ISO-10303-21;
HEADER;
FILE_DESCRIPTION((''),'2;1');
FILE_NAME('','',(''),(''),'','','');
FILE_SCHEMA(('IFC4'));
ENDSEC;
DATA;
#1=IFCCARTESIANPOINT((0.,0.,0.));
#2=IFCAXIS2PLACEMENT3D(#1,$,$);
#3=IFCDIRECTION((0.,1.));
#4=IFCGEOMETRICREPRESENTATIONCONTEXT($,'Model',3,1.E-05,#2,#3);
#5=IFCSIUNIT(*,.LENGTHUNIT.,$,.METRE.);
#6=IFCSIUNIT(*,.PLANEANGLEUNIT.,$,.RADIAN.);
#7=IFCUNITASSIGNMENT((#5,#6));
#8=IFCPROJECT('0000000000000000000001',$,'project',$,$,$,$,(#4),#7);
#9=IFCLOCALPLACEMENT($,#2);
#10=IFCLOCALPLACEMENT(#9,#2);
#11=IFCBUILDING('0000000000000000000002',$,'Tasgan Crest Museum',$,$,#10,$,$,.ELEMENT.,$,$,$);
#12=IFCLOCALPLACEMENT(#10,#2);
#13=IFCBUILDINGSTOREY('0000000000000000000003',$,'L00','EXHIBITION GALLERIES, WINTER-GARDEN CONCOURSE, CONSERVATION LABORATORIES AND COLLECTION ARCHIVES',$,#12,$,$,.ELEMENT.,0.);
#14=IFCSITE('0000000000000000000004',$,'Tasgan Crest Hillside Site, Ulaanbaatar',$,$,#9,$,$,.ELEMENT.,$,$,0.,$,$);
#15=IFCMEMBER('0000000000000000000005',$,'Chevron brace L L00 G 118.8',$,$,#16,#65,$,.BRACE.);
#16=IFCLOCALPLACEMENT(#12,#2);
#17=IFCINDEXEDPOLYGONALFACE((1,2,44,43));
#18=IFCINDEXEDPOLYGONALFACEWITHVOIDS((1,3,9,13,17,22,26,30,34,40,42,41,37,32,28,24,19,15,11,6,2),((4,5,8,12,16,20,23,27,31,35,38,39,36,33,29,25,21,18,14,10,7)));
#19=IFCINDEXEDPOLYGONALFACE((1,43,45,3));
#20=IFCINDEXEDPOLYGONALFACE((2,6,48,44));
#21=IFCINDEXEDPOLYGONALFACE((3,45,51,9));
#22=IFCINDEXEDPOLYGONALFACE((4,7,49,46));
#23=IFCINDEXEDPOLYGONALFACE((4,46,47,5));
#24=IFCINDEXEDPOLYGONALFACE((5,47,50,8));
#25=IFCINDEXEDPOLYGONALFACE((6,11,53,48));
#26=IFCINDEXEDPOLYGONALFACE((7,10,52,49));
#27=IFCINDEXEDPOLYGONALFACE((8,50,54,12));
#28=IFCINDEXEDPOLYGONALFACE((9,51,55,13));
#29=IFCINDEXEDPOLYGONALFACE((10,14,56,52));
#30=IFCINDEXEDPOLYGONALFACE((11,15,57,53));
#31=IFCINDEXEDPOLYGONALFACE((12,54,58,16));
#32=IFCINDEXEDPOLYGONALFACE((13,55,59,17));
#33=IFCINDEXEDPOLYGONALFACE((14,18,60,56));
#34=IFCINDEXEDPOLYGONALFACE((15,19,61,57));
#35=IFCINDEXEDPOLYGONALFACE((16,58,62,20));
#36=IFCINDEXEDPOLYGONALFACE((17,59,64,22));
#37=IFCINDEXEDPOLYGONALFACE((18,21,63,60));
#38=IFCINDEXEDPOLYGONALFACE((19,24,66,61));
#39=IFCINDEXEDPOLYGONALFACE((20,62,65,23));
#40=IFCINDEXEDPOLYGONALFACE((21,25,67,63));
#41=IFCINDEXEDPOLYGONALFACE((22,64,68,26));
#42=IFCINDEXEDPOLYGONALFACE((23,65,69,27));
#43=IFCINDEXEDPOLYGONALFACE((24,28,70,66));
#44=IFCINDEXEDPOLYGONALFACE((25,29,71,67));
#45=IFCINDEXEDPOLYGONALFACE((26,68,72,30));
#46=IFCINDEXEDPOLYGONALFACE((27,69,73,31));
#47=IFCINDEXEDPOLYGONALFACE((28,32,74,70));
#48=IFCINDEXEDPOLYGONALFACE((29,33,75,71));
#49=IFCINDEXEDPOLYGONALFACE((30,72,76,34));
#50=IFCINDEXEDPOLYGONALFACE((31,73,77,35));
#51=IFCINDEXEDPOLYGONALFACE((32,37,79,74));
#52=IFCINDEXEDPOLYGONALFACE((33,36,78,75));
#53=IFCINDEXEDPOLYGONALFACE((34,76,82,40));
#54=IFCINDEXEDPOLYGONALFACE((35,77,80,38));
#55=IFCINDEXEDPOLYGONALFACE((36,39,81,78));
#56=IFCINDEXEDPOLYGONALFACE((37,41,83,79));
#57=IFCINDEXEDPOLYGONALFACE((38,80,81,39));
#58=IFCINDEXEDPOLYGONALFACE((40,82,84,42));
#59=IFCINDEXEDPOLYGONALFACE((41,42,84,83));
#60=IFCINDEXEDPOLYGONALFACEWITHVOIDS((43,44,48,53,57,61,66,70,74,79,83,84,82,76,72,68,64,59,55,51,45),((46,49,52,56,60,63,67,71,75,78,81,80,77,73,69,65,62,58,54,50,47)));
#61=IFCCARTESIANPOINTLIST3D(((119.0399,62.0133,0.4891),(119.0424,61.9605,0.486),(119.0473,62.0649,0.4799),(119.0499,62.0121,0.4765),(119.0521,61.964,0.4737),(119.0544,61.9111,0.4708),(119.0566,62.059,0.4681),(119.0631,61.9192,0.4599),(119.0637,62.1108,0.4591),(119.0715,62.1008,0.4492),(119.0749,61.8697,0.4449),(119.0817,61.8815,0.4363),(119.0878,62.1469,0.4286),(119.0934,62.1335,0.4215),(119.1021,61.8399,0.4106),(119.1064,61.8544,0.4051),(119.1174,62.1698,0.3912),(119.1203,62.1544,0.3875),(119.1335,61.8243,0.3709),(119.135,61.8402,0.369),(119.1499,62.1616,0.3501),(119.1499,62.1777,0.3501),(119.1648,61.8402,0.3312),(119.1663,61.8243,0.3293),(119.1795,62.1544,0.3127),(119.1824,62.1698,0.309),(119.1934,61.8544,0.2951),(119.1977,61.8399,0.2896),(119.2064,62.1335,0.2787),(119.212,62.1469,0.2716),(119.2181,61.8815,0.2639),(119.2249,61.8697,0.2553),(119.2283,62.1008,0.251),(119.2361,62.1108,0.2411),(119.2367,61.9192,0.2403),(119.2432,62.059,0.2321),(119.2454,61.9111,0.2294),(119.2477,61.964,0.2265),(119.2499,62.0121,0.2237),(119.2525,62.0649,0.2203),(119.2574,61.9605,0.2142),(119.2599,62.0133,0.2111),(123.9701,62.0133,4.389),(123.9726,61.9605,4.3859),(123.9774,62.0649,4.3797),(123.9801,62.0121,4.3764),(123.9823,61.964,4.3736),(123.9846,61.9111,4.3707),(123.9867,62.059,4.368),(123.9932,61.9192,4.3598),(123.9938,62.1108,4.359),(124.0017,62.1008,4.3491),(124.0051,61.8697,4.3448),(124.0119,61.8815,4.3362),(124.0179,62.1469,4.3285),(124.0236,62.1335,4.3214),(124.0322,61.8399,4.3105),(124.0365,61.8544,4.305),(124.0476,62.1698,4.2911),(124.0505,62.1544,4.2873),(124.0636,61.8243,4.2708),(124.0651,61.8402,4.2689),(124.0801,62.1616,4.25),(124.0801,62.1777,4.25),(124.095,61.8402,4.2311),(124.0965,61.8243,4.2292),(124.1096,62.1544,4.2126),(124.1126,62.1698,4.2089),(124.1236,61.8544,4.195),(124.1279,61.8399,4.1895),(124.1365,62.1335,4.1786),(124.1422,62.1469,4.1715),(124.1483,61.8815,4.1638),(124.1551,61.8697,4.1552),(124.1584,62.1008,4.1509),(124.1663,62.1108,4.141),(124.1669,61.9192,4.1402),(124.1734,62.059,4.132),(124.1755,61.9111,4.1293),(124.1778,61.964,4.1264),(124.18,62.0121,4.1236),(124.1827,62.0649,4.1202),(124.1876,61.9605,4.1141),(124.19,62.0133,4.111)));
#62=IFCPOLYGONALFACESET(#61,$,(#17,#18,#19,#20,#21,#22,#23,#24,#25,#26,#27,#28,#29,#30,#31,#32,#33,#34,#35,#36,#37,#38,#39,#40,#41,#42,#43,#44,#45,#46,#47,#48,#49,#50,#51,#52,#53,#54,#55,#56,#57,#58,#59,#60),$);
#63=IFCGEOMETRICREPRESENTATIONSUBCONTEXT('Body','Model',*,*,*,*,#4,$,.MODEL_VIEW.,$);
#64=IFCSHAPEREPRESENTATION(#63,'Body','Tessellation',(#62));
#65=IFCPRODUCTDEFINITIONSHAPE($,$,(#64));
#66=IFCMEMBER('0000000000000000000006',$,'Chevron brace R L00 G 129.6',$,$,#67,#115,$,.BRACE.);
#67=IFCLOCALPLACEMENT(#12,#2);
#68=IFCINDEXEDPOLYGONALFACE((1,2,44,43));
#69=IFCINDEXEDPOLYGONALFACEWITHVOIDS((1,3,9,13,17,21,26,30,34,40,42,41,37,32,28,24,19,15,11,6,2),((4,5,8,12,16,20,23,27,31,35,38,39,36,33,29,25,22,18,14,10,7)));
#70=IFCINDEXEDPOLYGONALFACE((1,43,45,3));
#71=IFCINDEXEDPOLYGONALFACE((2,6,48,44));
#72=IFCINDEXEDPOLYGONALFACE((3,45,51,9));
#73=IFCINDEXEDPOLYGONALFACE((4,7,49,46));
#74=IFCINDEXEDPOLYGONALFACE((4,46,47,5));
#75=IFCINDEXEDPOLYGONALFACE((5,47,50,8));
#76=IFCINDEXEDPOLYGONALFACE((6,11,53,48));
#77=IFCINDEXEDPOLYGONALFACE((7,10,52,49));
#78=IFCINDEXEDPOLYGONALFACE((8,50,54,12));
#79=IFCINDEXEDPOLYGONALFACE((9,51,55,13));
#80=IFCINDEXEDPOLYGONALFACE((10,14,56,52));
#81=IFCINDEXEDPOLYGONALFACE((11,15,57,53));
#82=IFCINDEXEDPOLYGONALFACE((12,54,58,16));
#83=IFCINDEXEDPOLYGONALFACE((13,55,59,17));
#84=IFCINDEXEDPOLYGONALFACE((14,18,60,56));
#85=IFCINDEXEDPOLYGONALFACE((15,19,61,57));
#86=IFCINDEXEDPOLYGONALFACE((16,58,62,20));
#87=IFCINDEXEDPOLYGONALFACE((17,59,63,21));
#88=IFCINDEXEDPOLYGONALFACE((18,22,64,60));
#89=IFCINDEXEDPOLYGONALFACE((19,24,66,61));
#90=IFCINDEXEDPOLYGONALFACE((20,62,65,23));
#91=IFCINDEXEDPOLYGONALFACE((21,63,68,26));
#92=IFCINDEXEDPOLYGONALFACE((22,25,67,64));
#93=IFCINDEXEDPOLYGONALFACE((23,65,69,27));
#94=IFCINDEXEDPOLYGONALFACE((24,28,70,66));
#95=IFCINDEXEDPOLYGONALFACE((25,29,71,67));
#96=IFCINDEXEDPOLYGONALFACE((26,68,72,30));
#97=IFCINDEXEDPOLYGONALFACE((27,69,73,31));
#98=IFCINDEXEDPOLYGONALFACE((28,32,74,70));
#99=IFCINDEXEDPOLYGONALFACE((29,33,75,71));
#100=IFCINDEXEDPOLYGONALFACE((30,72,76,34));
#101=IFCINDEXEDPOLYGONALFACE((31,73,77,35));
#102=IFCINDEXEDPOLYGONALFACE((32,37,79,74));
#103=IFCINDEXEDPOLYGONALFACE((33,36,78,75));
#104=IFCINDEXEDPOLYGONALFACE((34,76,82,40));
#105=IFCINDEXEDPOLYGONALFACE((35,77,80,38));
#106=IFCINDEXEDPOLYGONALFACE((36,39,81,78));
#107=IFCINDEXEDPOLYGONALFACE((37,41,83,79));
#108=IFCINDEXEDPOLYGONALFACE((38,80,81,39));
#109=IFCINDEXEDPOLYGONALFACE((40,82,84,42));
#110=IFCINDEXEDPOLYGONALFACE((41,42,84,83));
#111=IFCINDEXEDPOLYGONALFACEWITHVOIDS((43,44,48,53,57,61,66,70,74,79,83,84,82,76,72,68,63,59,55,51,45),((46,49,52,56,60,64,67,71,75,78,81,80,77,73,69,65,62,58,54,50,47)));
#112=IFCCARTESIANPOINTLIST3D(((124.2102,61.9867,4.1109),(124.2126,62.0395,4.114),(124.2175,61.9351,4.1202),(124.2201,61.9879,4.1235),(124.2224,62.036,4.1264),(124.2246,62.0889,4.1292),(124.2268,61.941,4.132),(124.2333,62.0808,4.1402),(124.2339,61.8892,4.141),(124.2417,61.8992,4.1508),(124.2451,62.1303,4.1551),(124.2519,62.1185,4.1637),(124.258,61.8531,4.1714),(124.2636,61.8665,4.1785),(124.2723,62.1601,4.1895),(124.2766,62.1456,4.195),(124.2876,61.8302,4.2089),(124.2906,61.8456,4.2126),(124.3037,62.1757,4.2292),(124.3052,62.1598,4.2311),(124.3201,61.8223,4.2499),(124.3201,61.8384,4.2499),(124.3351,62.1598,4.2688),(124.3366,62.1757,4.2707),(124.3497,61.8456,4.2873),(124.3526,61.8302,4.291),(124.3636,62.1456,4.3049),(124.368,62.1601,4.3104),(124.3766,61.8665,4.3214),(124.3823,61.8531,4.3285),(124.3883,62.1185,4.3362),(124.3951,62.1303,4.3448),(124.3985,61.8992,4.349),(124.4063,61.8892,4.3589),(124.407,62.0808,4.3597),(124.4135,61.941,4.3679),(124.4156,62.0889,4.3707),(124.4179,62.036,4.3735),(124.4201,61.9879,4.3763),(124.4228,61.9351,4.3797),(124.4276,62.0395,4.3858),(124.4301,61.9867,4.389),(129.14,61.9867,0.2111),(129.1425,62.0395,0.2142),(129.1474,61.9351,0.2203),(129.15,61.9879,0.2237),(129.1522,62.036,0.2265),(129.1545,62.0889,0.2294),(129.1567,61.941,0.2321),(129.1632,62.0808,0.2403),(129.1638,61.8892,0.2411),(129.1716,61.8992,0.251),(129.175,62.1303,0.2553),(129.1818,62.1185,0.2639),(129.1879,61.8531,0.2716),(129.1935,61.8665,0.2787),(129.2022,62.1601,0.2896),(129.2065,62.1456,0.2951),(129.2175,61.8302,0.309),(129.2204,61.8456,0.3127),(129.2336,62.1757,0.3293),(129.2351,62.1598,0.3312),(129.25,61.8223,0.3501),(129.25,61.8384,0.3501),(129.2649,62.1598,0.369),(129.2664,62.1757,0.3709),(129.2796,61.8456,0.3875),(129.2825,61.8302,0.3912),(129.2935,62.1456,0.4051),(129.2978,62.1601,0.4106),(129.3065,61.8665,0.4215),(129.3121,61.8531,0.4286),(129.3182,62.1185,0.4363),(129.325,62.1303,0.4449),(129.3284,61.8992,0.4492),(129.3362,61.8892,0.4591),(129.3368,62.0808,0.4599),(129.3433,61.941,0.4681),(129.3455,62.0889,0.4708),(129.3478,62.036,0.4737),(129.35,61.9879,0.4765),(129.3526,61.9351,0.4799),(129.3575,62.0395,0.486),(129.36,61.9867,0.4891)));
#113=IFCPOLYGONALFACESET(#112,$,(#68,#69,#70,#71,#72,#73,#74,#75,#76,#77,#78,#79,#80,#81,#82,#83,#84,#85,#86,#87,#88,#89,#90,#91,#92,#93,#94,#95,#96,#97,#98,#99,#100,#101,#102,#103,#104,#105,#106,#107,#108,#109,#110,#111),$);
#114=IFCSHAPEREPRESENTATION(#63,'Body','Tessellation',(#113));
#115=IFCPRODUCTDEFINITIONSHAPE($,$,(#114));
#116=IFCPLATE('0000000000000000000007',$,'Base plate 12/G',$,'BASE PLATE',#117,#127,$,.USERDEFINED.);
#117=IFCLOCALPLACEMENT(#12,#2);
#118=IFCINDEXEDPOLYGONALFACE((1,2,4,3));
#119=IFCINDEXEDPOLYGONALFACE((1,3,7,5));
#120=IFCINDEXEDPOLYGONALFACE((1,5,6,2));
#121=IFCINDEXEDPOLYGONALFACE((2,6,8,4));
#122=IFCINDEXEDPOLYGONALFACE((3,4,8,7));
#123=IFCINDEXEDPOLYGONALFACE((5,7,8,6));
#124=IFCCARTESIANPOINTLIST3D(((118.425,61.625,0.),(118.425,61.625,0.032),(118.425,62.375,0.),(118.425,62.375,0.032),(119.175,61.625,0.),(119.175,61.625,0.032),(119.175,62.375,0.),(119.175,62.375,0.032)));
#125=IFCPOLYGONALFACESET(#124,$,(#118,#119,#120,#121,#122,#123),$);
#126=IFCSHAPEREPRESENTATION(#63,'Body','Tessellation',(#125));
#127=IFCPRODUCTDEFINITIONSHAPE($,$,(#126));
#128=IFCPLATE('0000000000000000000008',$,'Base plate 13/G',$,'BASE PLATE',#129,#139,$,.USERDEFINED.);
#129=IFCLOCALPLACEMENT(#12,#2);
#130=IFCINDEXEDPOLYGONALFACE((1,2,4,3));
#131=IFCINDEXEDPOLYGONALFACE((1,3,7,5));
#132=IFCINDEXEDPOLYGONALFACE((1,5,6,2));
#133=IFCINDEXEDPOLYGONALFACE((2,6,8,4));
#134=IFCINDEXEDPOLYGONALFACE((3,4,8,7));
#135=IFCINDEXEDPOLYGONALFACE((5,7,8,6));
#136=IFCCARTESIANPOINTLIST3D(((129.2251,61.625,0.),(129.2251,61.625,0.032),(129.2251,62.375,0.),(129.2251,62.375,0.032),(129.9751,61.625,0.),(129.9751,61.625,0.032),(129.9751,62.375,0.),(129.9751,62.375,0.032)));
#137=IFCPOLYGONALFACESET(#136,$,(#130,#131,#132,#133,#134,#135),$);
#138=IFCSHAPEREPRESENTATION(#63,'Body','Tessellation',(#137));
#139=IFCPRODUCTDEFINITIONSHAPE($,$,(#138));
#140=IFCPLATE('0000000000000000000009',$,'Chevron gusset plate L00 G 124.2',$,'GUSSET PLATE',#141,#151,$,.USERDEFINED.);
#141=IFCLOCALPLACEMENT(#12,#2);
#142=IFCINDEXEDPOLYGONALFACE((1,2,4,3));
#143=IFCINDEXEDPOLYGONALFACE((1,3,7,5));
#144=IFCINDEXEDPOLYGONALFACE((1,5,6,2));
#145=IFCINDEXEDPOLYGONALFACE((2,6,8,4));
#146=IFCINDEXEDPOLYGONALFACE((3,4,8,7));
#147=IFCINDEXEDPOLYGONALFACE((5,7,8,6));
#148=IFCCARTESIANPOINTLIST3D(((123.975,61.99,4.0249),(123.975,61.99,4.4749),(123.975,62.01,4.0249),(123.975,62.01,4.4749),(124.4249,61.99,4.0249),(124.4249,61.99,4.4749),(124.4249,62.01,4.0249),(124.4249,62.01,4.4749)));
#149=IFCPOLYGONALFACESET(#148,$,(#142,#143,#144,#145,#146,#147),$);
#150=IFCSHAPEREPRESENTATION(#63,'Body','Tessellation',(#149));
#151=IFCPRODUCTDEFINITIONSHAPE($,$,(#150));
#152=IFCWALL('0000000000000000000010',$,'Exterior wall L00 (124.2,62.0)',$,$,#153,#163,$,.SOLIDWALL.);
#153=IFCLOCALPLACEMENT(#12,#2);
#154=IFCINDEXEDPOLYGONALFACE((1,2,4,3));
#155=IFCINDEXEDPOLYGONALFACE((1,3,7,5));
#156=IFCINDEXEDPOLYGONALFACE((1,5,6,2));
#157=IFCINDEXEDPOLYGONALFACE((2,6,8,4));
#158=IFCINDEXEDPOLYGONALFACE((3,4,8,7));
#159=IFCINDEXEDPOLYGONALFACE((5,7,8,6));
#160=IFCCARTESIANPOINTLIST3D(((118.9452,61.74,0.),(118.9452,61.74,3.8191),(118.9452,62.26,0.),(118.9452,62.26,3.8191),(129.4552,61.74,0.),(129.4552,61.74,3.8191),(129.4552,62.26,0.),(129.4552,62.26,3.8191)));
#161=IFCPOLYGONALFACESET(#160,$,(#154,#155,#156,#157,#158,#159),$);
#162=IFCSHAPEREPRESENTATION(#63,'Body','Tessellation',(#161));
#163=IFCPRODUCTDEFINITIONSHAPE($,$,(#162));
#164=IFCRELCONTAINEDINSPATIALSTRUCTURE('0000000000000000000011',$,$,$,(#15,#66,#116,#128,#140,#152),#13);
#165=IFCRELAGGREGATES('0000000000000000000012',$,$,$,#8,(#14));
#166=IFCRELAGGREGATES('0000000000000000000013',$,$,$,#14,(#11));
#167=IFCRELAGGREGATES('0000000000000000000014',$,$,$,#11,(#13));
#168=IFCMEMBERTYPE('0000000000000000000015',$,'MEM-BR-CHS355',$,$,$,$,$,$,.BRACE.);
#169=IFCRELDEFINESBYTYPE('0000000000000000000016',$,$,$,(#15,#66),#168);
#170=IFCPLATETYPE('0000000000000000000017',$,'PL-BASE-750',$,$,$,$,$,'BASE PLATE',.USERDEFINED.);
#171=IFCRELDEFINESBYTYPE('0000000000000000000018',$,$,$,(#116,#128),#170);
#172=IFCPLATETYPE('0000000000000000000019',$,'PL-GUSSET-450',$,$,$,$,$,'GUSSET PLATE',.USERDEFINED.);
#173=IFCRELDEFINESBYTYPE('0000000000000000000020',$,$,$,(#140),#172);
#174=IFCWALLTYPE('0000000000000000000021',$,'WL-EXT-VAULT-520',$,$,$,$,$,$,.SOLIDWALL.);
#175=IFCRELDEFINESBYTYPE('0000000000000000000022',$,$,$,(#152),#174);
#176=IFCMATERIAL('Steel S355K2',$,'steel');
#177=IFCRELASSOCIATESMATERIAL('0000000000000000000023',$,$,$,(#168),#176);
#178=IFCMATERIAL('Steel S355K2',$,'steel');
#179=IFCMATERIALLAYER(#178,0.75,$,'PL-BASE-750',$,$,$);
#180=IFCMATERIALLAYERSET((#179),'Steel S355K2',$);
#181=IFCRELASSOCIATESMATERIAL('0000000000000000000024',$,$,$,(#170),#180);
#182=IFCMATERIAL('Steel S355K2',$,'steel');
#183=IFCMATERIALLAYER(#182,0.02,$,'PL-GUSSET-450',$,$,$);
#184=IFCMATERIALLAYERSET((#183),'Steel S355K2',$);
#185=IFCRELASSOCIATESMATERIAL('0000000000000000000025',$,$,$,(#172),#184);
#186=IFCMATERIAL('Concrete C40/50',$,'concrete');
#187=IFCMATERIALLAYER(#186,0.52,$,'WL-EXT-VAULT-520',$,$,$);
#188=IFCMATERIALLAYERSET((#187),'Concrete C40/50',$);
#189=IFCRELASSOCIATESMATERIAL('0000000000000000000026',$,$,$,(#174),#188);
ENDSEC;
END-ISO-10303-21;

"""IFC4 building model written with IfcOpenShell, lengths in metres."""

from ifc_helpers import new_model, si_unit, direction, frame, frame_2d, origin, origin_2d, place, context, subcontext, project, spatial, rectangle, hollow_circle, extrude, material, layer, layer_set, material_profile, profile_set, type_object, element, save


model = new_model("IFC4")

# Units and contexts
model_context = context("Model", 3, precision=1e-05, world=origin(), true_north=direction((0.0, 1.0)))
body_context = subcontext(model_context, "Body", "Model", "MODEL_VIEW")
ifc_project = project(units=[si_unit("LENGTHUNIT", "METRE"), si_unit("PLANEANGLEUNIT", "RADIAN")], contexts=[model_context])

# Site, building, storey
site_placement = place(None, origin())
site = spatial("IfcSite", under=ifc_project, at=site_placement, Name="Tasgan Crest Hillside Site, Ulaanbaatar", CompositionType="ELEMENT", RefElevation=0.0)
building_placement = place(site_placement, origin())
building = spatial("IfcBuilding", under=site, at=building_placement, Name="Tasgan Crest Museum", CompositionType="ELEMENT")
storey_placement = place(building_placement, origin())
storey = spatial("IfcBuildingStorey", under=building, at=storey_placement, Name="L00", Description="EXHIBITION GALLERIES, WINTER-GARDEN CONCOURSE, CONSERVATION LABORATORIES AND COLLECTION ARCHIVES", CompositionType="ELEMENT", Elevation=0.0)

# Members
ifc_material_1 = material(Name="Steel S355K2", Category="steel")
ifc_material_profile_1 = material_profile(ifc_material_1, hollow_circle(Radius=0.1777, WallThickness=0.0161, at=origin_2d()), Name="CHS 355.6x16")
ifc_profile_set_1 = profile_set([ifc_material_profile_1], Name="Steel S355K2")
member_type = type_object("IfcMemberType", Name="MEM-BR-CHS355", PredefinedType="BRACE", material=ifc_profile_set_1)
member_1_placement = place(storey_placement, frame((119.1499, 62.0, 0.3501), z_axis=(0.78429, 0.0, 0.620395), x_axis=(0.0, 1.0, 0.0)))
element("IfcMember", 1, at=member_1_placement, inside=storey, type_object=member_type, Name="Chevron brace L L00 G 118.8", PredefinedType="BRACE", context=body_context, shape_type="SweptSolid", body=[
    extrude(hollow_circle(Radius=0.1777, WallThickness=0.0161, at=origin_2d()), origin(), (0.0, 0.0, 1.0), 6.2861),
])
member_2_placement = place(storey_placement, frame((129.25, 62.0, 0.3501), z_axis=(-0.784275, 0.0, 0.620413), x_axis=(0.0, -1.0, 0.0)))
element("IfcMember", 2, at=member_2_placement, inside=storey, type_object=member_type, Name="Chevron brace R L00 G 129.6", PredefinedType="BRACE", context=body_context, shape_type="SweptSolid", body=[
    extrude(hollow_circle(Radius=0.1777, WallThickness=0.0161, at=origin_2d()), origin(), (0.0, 0.0, 1.0), 6.2859),
])

# Plates
ifc_material_2 = material(Name="Steel S355K2", Category="steel")
ifc_layer_1 = layer(ifc_material_2, 0.75, Name="PL-BASE-750")
ifc_layer_set_1 = layer_set([ifc_layer_1], Name="Steel S355K2")
plate_type_1 = type_object("IfcPlateType", Name="PL-BASE-750", ElementType="BASE PLATE", PredefinedType="USERDEFINED", material=ifc_layer_set_1)
for number, where, z_axis, x_axis, name in (
    (3, (118.8, 62.0, 0.0), (0.0, 0.0, 1.0), (1.0, 0.0, 0.0), "Base plate 12/G"),
    (4, (129.6001, 62.0, 0.0), (0.0, 0.0, 1.0), (1.0, 0.0, 0.0), "Base plate 13/G"),
):
    element("IfcPlate", number, at=place(storey_placement, frame(where, z_axis=z_axis, x_axis=x_axis)), inside=storey, type_object=plate_type_1, Name=name, ObjectType="BASE PLATE", PredefinedType="USERDEFINED", context=body_context, shape_type="SweptSolid", body=[
        extrude(rectangle(XDim=0.75, YDim=0.75, at=origin_2d()), origin(), (0.0, 0.0, 1.0), 0.032),
    ])
ifc_material_3 = material(Name="Steel S355K2", Category="steel")
ifc_layer_2 = layer(ifc_material_3, 0.02, Name="PL-GUSSET-450")
ifc_layer_set_2 = layer_set([ifc_layer_2], Name="Steel S355K2")
plate_type_2 = type_object("IfcPlateType", Name="PL-GUSSET-450", ElementType="GUSSET PLATE", PredefinedType="USERDEFINED", material=ifc_layer_set_2)
plate_placement = place(storey_placement, frame((124.2, 62.0, 4.0249), z_axis=(0.0, 0.0, 1.0), x_axis=(1.0, 0.0, 0.0)))
element("IfcPlate", 5, at=plate_placement, inside=storey, type_object=plate_type_2, Name="Chevron gusset plate L00 G 124.2", ObjectType="GUSSET PLATE", PredefinedType="USERDEFINED", context=body_context, shape_type="SweptSolid", body=[
    extrude(rectangle(XDim=0.45, YDim=0.02, at=origin_2d()), origin(), (0.0, 0.0, 1.0), 0.45),
])

# Wall
ifc_material_4 = material(Name="Concrete C40/50", Category="concrete")
ifc_layer_3 = layer(ifc_material_4, 0.52, Name="WL-EXT-VAULT-520")
ifc_layer_set_3 = layer_set([ifc_layer_3], Name="Concrete C40/50")
wall_type = type_object("IfcWallType", Name="WL-EXT-VAULT-520", PredefinedType="SOLIDWALL", material=ifc_layer_set_3)
wall_placement = place(storey_placement, frame((129.4551, 62.0, 0.0), z_axis=(0.0, 0.0, 1.0), x_axis=(-1.0, 0.0, 0.0)))
element("IfcWall", 6, at=wall_placement, inside=storey, type_object=wall_type, Name="Exterior wall L00 (124.2,62.0)", PredefinedType="SOLIDWALL", context=body_context, shape_type="SweptSolid", body=[
    extrude(rectangle(XDim=10.51, YDim=0.52, at=frame_2d((5.2549, 0.0))), origin(), (0.0, 0.0, 1.0), 3.8191),
])

save(model, "model.ifc")
